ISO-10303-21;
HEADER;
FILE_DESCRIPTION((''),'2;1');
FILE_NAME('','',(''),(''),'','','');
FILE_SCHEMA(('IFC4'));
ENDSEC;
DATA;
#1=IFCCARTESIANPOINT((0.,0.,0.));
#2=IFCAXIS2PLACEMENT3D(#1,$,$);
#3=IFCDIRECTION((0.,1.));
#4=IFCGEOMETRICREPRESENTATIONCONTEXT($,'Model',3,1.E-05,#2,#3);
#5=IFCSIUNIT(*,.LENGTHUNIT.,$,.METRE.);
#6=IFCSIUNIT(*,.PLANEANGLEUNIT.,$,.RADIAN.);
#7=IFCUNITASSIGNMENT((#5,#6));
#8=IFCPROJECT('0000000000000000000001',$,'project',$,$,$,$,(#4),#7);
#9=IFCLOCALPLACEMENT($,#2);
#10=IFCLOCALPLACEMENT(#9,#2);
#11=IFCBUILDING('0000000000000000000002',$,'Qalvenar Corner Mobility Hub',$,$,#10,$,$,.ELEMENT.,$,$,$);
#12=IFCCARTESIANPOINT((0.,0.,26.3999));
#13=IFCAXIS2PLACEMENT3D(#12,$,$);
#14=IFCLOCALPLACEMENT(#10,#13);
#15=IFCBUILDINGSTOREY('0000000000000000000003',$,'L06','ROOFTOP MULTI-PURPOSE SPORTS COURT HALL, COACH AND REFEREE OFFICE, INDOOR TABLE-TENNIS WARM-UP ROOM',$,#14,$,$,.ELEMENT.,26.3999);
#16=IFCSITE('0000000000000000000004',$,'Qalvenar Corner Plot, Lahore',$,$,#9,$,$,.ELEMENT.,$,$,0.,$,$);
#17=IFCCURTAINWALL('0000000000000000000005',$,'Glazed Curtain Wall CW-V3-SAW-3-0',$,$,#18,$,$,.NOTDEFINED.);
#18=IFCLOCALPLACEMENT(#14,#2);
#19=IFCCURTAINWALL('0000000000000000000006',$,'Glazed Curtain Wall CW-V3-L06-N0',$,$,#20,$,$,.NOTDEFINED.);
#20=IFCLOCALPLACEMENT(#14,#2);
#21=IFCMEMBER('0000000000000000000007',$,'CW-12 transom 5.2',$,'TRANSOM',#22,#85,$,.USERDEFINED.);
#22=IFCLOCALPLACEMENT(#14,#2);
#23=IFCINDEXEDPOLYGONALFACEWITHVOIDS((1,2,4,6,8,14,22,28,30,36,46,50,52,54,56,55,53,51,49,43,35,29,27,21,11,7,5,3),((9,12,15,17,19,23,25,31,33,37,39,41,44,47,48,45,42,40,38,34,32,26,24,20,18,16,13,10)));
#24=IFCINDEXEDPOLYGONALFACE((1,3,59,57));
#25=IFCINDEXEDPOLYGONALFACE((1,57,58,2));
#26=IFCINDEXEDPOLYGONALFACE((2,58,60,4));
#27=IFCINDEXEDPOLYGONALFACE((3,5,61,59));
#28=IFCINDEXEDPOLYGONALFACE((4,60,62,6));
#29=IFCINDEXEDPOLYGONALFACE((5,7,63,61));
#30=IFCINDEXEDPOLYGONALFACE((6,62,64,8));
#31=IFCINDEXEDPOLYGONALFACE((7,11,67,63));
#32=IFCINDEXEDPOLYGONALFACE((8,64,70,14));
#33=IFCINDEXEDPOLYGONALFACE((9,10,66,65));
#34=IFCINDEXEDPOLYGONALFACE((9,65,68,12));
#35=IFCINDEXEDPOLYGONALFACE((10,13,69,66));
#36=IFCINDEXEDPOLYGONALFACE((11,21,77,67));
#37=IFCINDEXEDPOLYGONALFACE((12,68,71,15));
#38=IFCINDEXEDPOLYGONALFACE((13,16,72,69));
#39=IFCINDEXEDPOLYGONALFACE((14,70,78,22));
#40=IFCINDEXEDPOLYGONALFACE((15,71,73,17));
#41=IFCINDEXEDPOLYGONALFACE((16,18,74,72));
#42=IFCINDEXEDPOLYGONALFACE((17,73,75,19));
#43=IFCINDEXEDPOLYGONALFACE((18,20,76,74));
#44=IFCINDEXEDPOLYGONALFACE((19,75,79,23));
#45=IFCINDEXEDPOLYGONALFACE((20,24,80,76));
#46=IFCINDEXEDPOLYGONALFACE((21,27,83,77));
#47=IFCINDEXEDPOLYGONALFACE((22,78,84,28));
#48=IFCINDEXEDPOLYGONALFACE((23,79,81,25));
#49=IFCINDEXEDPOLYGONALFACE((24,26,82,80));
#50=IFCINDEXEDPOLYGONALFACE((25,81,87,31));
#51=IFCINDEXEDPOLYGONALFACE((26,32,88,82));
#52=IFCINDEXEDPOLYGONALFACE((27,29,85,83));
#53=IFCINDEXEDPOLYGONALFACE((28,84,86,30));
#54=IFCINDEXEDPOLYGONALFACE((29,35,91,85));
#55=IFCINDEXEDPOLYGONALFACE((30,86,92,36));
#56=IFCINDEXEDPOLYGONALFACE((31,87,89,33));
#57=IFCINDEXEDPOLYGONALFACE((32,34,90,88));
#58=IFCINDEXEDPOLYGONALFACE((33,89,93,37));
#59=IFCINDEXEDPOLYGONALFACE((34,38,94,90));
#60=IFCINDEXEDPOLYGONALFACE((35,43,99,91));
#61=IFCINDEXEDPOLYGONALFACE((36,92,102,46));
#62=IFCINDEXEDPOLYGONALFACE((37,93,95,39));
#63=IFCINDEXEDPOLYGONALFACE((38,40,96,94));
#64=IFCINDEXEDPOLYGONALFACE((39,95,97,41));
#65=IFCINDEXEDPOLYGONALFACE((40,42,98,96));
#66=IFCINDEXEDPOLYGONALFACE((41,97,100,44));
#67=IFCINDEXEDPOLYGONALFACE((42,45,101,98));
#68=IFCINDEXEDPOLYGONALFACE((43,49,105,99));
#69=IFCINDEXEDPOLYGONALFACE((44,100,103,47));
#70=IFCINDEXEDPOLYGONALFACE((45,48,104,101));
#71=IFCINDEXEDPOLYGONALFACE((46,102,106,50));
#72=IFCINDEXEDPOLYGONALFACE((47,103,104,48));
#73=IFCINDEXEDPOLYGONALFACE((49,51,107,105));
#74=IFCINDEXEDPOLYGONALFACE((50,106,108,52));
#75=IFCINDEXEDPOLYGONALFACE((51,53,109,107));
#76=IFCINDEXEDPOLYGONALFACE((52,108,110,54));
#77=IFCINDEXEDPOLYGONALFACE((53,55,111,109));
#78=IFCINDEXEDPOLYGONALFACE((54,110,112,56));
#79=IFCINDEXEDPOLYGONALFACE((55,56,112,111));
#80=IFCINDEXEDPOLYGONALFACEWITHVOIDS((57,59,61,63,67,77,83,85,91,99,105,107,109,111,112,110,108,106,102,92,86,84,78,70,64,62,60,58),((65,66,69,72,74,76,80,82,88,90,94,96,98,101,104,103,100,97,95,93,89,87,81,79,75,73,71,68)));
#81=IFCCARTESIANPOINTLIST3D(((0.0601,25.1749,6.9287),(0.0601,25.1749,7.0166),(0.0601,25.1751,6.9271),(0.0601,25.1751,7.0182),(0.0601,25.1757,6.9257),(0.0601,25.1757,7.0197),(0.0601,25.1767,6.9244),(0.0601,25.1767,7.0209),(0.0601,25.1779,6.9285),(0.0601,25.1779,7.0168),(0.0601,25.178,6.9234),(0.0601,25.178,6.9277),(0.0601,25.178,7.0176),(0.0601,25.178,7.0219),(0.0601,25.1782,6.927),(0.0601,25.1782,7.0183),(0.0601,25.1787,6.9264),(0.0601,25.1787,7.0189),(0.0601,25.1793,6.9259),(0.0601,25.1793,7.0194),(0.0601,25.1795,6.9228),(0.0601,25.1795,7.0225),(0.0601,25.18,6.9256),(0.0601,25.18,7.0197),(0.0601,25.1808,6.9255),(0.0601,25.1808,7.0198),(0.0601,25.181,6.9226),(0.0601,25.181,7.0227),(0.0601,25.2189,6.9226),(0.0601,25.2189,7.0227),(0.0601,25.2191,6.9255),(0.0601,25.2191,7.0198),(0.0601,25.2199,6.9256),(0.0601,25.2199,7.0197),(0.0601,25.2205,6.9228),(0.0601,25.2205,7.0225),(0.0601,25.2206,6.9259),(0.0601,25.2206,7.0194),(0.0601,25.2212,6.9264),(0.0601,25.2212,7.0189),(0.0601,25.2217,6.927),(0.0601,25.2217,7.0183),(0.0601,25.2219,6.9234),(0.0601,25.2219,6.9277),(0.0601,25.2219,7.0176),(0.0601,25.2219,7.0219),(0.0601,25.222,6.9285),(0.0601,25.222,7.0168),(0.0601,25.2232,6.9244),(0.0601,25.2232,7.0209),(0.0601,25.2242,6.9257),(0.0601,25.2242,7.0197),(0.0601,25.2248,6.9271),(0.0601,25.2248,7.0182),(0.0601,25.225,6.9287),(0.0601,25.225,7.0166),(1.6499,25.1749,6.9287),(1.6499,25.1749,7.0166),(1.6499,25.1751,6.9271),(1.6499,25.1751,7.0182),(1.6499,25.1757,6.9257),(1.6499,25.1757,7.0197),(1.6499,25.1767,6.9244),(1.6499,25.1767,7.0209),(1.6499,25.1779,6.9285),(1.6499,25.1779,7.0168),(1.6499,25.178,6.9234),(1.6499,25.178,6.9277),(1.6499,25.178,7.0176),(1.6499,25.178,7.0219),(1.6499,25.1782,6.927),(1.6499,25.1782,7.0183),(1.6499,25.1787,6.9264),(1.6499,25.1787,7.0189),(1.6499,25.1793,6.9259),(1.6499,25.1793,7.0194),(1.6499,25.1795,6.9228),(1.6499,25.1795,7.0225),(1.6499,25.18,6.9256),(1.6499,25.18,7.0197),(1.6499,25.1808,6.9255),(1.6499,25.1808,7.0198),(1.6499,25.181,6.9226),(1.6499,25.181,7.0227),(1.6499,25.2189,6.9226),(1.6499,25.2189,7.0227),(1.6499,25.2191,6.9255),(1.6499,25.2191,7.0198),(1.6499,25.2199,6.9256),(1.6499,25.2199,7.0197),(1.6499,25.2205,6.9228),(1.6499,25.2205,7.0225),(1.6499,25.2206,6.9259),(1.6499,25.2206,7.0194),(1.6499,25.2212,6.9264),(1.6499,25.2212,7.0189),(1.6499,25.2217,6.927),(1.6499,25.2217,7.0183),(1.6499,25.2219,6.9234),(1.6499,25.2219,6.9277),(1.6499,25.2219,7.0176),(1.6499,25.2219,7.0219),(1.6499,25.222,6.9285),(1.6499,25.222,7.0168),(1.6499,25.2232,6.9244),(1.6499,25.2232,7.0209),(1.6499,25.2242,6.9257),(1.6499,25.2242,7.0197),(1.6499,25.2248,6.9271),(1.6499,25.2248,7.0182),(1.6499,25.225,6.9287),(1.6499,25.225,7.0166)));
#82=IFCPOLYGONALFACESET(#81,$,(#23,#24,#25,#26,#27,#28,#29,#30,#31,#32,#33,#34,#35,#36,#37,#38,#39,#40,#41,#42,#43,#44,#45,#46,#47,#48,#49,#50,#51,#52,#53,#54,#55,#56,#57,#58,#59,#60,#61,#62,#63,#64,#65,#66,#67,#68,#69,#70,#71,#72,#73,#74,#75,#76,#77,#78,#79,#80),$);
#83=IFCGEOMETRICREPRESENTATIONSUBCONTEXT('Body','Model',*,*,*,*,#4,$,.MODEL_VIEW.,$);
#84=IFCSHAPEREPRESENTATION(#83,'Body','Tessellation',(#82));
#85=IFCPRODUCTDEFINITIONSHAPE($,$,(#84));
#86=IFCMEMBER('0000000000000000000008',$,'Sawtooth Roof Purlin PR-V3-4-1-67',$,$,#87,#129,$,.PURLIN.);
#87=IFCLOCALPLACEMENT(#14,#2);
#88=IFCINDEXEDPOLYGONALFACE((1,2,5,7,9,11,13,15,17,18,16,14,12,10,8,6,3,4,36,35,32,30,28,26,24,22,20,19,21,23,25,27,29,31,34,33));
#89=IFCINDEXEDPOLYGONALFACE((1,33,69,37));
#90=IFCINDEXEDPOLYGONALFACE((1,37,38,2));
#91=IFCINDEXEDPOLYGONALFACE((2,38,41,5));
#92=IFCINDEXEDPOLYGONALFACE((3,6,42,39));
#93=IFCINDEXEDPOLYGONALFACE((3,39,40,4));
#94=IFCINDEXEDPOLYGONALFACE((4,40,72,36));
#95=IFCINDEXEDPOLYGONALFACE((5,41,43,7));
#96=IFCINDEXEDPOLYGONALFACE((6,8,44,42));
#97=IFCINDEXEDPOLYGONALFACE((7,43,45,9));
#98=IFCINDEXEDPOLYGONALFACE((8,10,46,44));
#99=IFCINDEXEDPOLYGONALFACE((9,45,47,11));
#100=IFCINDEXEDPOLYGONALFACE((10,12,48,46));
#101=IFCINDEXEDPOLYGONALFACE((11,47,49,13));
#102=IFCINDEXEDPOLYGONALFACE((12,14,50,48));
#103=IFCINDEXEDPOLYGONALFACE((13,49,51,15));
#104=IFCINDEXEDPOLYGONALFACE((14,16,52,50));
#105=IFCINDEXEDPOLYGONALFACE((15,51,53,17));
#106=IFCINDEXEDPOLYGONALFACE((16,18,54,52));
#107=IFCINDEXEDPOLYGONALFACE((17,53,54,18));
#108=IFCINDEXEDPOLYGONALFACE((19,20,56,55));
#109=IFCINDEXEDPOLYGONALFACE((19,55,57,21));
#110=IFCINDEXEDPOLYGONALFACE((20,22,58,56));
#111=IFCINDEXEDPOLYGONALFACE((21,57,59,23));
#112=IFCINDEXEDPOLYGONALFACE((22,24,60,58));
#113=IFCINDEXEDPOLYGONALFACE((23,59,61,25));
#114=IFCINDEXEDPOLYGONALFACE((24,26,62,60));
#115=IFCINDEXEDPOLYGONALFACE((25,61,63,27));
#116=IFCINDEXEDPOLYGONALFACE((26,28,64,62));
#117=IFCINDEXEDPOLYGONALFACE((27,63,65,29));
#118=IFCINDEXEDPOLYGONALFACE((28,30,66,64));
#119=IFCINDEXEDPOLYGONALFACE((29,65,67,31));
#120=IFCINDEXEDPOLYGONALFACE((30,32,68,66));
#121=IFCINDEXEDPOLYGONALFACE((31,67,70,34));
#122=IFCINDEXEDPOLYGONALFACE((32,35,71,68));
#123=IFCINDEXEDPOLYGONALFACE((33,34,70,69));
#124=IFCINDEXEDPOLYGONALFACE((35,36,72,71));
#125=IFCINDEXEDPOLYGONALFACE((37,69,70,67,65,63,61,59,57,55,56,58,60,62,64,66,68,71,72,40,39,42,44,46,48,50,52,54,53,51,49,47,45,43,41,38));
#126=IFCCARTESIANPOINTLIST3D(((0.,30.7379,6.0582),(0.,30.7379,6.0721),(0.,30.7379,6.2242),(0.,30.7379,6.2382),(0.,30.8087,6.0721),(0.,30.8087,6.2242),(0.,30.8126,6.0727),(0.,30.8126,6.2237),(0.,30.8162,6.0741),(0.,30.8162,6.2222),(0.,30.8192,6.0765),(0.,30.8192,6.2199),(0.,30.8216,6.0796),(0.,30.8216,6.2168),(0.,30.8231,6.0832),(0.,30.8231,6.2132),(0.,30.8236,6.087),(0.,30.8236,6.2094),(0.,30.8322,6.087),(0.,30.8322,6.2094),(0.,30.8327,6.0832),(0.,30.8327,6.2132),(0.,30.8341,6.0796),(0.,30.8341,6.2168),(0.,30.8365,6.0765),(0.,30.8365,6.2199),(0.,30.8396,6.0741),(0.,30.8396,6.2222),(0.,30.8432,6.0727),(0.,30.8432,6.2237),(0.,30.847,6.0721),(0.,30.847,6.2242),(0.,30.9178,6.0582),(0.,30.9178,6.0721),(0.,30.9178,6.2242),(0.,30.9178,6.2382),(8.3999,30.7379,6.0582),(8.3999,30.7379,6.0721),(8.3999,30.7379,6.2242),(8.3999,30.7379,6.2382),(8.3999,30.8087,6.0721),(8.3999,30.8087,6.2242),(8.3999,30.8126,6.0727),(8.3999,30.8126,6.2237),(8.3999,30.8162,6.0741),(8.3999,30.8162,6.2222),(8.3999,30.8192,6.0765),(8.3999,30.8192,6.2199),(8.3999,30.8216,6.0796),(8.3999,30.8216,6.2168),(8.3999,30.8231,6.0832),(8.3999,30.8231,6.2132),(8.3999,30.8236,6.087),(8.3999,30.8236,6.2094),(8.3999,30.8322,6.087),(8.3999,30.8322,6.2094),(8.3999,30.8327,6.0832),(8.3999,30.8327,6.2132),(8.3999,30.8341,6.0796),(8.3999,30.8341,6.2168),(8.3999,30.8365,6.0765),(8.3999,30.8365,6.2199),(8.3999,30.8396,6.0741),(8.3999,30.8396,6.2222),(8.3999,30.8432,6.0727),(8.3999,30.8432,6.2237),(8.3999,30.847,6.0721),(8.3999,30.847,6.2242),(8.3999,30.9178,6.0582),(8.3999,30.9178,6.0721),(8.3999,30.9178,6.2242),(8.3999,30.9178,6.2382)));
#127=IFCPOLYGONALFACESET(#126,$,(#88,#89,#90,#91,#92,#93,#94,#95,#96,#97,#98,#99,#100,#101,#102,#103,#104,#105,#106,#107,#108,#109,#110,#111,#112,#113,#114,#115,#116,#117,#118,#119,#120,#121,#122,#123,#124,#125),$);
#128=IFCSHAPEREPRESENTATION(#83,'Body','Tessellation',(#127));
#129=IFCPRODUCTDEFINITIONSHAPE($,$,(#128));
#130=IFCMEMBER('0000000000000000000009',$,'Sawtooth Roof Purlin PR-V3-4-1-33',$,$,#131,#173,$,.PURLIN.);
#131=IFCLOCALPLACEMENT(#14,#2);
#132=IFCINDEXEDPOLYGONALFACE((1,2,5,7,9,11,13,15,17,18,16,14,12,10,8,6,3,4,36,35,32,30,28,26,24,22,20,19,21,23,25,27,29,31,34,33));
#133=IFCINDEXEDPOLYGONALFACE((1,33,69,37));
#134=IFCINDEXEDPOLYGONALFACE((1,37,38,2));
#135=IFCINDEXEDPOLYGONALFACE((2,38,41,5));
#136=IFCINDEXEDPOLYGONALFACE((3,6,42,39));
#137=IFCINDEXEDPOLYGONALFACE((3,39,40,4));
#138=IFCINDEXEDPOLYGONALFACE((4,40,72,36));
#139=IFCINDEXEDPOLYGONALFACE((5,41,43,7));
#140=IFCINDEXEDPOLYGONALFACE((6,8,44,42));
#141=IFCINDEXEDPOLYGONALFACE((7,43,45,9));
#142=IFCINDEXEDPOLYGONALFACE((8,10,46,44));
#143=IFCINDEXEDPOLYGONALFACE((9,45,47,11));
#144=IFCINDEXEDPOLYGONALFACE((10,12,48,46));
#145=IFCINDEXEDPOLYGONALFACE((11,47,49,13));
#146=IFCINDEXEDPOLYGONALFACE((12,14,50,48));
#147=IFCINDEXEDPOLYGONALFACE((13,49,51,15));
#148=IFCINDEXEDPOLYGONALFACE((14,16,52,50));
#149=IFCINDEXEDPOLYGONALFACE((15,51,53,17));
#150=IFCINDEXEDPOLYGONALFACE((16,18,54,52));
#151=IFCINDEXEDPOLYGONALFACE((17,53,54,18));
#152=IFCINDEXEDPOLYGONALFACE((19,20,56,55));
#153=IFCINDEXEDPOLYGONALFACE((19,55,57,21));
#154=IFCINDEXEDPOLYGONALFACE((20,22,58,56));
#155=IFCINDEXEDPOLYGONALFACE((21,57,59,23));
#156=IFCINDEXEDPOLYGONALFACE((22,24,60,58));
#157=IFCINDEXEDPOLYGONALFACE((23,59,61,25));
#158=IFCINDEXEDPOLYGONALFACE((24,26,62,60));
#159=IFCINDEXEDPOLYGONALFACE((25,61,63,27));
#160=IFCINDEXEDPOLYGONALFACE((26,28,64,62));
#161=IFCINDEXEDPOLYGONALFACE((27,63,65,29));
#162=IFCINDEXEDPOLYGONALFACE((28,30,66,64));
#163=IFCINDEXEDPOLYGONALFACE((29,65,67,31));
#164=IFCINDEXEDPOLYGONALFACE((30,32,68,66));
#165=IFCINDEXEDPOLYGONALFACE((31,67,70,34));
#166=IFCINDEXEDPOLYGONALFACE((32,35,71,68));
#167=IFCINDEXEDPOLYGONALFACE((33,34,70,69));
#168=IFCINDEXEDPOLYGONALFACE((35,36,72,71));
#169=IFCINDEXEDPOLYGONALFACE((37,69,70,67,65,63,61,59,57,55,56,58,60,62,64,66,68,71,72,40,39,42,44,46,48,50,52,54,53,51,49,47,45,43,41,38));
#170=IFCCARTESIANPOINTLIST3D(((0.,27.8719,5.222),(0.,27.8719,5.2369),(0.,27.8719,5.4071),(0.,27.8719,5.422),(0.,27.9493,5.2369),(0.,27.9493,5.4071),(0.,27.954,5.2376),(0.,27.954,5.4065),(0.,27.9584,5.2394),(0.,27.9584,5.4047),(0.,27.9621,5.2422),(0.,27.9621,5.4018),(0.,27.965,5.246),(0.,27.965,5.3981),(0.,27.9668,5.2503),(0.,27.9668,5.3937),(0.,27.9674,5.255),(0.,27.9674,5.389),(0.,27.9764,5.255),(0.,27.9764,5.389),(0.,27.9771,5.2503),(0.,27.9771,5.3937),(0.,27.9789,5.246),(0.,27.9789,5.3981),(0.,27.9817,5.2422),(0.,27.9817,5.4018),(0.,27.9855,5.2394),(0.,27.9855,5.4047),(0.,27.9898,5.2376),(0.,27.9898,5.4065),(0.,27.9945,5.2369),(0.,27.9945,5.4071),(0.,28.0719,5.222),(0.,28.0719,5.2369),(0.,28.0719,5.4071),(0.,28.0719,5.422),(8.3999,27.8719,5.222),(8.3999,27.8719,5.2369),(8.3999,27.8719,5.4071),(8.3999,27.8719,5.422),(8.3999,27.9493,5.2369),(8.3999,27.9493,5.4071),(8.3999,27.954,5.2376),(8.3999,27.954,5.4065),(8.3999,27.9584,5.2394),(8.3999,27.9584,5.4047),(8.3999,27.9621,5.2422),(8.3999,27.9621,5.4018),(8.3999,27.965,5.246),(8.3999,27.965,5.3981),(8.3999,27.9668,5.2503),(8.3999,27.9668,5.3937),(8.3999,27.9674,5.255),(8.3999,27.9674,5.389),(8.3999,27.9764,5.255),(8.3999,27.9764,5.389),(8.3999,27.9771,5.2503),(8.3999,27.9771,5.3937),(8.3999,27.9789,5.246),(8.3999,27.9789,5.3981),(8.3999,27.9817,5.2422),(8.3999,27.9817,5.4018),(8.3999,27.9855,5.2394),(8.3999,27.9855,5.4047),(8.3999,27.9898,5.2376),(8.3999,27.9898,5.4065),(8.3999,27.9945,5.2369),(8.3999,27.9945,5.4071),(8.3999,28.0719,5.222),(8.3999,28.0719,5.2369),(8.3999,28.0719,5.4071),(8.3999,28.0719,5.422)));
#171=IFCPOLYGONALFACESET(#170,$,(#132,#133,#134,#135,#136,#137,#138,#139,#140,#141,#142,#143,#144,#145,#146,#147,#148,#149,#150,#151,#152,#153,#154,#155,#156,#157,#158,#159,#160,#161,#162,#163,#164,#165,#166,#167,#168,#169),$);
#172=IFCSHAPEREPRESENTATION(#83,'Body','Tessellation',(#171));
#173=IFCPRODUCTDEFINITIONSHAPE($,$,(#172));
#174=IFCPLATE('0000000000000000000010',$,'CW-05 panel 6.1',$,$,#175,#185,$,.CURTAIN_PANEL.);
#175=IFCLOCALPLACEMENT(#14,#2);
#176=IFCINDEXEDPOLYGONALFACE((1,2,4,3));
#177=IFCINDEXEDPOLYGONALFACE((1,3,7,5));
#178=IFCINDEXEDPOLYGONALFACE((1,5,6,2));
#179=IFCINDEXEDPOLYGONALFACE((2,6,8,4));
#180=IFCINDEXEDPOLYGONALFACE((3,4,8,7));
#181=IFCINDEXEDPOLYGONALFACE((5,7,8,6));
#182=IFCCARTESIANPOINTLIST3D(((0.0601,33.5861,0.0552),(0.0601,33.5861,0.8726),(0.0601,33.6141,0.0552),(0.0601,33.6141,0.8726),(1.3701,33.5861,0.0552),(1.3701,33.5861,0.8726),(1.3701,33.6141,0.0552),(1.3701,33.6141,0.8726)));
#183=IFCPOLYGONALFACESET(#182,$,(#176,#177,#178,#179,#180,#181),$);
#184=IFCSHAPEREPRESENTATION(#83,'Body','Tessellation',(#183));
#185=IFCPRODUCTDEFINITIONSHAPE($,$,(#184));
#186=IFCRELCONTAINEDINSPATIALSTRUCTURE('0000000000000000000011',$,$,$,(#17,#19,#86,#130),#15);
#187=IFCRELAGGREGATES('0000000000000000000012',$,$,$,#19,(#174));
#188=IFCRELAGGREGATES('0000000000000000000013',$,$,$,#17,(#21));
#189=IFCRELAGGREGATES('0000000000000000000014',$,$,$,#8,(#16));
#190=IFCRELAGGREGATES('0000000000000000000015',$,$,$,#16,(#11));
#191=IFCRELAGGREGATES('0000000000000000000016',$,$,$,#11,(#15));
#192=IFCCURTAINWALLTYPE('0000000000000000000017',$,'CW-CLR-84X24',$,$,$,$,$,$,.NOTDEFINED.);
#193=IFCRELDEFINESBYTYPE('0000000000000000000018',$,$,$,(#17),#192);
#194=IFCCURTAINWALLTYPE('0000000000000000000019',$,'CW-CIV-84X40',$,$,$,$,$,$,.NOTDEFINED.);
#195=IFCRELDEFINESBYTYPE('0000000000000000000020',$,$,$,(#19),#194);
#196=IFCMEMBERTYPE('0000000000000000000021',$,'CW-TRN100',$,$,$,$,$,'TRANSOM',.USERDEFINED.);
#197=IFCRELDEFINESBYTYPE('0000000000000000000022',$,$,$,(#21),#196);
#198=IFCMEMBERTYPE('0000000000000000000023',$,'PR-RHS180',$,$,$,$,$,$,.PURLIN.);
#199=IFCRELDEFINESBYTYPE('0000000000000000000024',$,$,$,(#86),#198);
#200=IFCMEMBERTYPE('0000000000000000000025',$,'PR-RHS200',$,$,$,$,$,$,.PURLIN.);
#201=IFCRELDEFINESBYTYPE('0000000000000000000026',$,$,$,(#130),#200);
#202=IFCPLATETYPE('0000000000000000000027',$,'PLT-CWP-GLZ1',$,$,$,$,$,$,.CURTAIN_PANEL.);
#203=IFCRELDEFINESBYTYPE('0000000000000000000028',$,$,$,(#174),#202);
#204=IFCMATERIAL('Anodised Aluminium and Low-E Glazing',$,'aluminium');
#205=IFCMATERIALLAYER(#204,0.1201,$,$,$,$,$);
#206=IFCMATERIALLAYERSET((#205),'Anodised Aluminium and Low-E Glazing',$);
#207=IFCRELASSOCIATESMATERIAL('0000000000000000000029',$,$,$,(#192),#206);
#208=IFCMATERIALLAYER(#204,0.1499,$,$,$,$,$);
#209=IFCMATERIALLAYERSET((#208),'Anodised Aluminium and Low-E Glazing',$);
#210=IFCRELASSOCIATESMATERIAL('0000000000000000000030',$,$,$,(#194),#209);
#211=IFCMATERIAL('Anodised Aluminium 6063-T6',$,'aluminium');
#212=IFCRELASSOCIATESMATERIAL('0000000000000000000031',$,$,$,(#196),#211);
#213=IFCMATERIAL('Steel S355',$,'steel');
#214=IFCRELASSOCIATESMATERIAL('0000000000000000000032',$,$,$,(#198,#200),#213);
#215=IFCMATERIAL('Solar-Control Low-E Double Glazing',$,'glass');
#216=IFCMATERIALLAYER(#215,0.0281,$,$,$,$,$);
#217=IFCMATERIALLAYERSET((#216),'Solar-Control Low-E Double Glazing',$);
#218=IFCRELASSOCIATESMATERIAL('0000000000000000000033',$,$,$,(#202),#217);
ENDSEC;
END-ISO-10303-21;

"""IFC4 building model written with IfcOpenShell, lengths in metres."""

from ifc_helpers import new_model, si_unit, direction, frame, origin, origin_2d, place, context, subcontext, project, spatial, rectangle, hollow_rectangle, i_section, extrude, material, layer, layer_set, material_profile, profile_set, type_object, element, aggregate, save


model = new_model("IFC4")

# Units and contexts
model_context = context("Model", 3, precision=1e-05, world=origin(), true_north=direction((0.0, 1.0)))
body_context = subcontext(model_context, "Body", "Model", "MODEL_VIEW")
ifc_project = project(units=[si_unit("LENGTHUNIT", "METRE"), si_unit("PLANEANGLEUNIT", "RADIAN")], contexts=[model_context])

# Site, building, storey
site_placement = place(None, origin())
site = spatial("IfcSite", under=ifc_project, at=site_placement, Name="Qalvenar Corner Plot, Lahore", CompositionType="ELEMENT", RefElevation=0.0)
building_placement = place(site_placement, origin())
building = spatial("IfcBuilding", under=site, at=building_placement, Name="Qalvenar Corner Mobility Hub", CompositionType="ELEMENT")
storey_placement = place(building_placement, frame((0.0, 0.0, 26.3999)))
storey = spatial("IfcBuildingStorey", under=building, at=storey_placement, Name="L06", Description="ROOFTOP MULTI-PURPOSE SPORTS COURT HALL, COACH AND REFEREE OFFICE, INDOOR TABLE-TENNIS WARM-UP ROOM", CompositionType="ELEMENT", Elevation=26.3999)

# Shared definitions
ifc_material_1 = material(Name="Steel S355", Category="steel")

# Curtain wall
ifc_material_2 = material(Name="Anodised Aluminium and Low-E Glazing", Category="aluminium")
ifc_layer_1 = layer(ifc_material_2, 0.1201)
ifc_layer_set_1 = layer_set([ifc_layer_1], Name="Anodised Aluminium and Low-E Glazing")
curtain_wall_type_1 = type_object("IfcCurtainWallType", Name="CW-CLR-84X24", PredefinedType="NOTDEFINED", material=ifc_layer_set_1)
curtain_wall_1_placement = place(storey_placement, origin())
curtain_wall_1 = element("IfcCurtainWall", 1, at=curtain_wall_1_placement, inside=storey, type_object=curtain_wall_type_1, Name="Glazed Curtain Wall CW-V3-SAW-3-0", PredefinedType="NOTDEFINED")
ifc_material_3 = material(Name="Anodised Aluminium 6063-T6", Category="aluminium")

# Curtain wall
ifc_layer_2 = layer(ifc_material_2, 0.1499)
ifc_layer_set_2 = layer_set([ifc_layer_2], Name="Anodised Aluminium and Low-E Glazing")
curtain_wall_type_2 = type_object("IfcCurtainWallType", Name="CW-CIV-84X40", PredefinedType="NOTDEFINED", material=ifc_layer_set_2)
curtain_wall_2_placement = place(storey_placement, origin())
curtain_wall_2 = element("IfcCurtainWall", 2, at=curtain_wall_2_placement, inside=storey, type_object=curtain_wall_type_2, Name="Glazed Curtain Wall CW-V3-L06-N0", PredefinedType="NOTDEFINED")

# Member
ifc_material_profile_1 = material_profile(ifc_material_3, hollow_rectangle(XDim=0.05, YDim=0.1001, WallThickness=0.0029, InnerFilletRadius=0.0029, OuterFilletRadius=0.0061, at=origin_2d()), Name="RHS100x50x3")
ifc_profile_set_1 = profile_set([ifc_material_profile_1], Name="Anodised Aluminium 6063-T6")
member_type_1 = type_object("IfcMemberType", Name="CW-TRN100", ElementType="TRANSOM", PredefinedType="USERDEFINED", material=ifc_profile_set_1)
member_1_placement = place(storey_placement, frame((1.6499, 25.2, 6.9727), z_axis=(-1.0, 0.0, 0.0), x_axis=(0.0, -1.0, 0.0)))
member_1 = element("IfcMember", 3, at=member_1_placement, type_object=member_type_1, Name="CW-12 transom 5.2", ObjectType="TRANSOM", PredefinedType="USERDEFINED", context=body_context, shape_type="SweptSolid", body=[
    extrude(hollow_rectangle(XDim=0.05, YDim=0.1001, WallThickness=0.0029, InnerFilletRadius=0.0029, OuterFilletRadius=0.0061, at=origin_2d()), origin(), (0.0, 0.0, 1.0), 1.5898),
])

# Members
ifc_material_profile_2 = material_profile(ifc_material_1, i_section(OverallWidth=0.1799, OverallDepth=0.1799, WebThickness=0.0085, FlangeThickness=0.0139, FilletRadius=0.0149, at=origin_2d()), Name="HEB180")
ifc_profile_set_2 = profile_set([ifc_material_profile_2], Name="Steel S355")
member_type_2 = type_object("IfcMemberType", Name="PR-RHS180", PredefinedType="PURLIN", material=ifc_profile_set_2)
member_2_placement = place(storey_placement, frame((0.0, 30.8279, 6.1482), z_axis=(1.0, 0.0, 0.0), x_axis=(0.0, 1.0, 0.0)))
element("IfcMember", 4, at=member_2_placement, inside=storey, type_object=member_type_2, Name="Sawtooth Roof Purlin PR-V3-4-1-67", PredefinedType="PURLIN", context=body_context, shape_type="SweptSolid", body=[
    extrude(i_section(OverallWidth=0.1799, OverallDepth=0.1799, WebThickness=0.0085, FlangeThickness=0.0139, FilletRadius=0.0149, at=origin_2d()), origin(), (0.0, 0.0, 1.0), 8.3999),
])
ifc_material_profile_3 = material_profile(ifc_material_1, i_section(OverallWidth=0.2, OverallDepth=0.2, WebThickness=0.009, FlangeThickness=0.0149, FilletRadius=0.0181, at=origin_2d()), Name="HEB200")
ifc_profile_set_3 = profile_set([ifc_material_profile_3], Name="Steel S355")
member_type_3 = type_object("IfcMemberType", Name="PR-RHS200", PredefinedType="PURLIN", material=ifc_profile_set_3)
member_3_placement = place(storey_placement, frame((0.0, 27.9719, 5.322), z_axis=(1.0, 0.0, 0.0), x_axis=(0.0, 1.0, 0.0)))
element("IfcMember", 5, at=member_3_placement, inside=storey, type_object=member_type_3, Name="Sawtooth Roof Purlin PR-V3-4-1-33", PredefinedType="PURLIN", context=body_context, shape_type="SweptSolid", body=[
    extrude(i_section(OverallWidth=0.2, OverallDepth=0.2, WebThickness=0.009, FlangeThickness=0.0149, FilletRadius=0.0181, at=origin_2d()), origin(), (0.0, 0.0, 1.0), 8.3999),
])

# Plate
ifc_material_4 = material(Name="Solar-Control Low-E Double Glazing", Category="glass")
ifc_layer_3 = layer(ifc_material_4, 0.0281)
ifc_layer_set_3 = layer_set([ifc_layer_3], Name="Solar-Control Low-E Double Glazing")
plate_type = type_object("IfcPlateType", Name="PLT-CWP-GLZ1", PredefinedType="CURTAIN_PANEL", material=ifc_layer_set_3)
plate_1_placement = place(storey_placement, frame((0.7151, 33.6001, 0.0552), z_axis=(0.0, 0.0, 1.0), x_axis=(-1.0, 0.0, 0.0)))
plate_1 = element("IfcPlate", 6, at=plate_1_placement, type_object=plate_type, Name="CW-05 panel 6.1", PredefinedType="CURTAIN_PANEL", context=body_context, shape_type="SweptSolid", body=[
    extrude(rectangle(XDim=1.3101, YDim=0.0281, at=origin_2d()), origin(), (0.0, 0.0, 1.0), 0.8174),
])
aggregate(curtain_wall_2, [plate_1])
aggregate(curtain_wall_1, [member_1])

save(model, "model.ifc")
